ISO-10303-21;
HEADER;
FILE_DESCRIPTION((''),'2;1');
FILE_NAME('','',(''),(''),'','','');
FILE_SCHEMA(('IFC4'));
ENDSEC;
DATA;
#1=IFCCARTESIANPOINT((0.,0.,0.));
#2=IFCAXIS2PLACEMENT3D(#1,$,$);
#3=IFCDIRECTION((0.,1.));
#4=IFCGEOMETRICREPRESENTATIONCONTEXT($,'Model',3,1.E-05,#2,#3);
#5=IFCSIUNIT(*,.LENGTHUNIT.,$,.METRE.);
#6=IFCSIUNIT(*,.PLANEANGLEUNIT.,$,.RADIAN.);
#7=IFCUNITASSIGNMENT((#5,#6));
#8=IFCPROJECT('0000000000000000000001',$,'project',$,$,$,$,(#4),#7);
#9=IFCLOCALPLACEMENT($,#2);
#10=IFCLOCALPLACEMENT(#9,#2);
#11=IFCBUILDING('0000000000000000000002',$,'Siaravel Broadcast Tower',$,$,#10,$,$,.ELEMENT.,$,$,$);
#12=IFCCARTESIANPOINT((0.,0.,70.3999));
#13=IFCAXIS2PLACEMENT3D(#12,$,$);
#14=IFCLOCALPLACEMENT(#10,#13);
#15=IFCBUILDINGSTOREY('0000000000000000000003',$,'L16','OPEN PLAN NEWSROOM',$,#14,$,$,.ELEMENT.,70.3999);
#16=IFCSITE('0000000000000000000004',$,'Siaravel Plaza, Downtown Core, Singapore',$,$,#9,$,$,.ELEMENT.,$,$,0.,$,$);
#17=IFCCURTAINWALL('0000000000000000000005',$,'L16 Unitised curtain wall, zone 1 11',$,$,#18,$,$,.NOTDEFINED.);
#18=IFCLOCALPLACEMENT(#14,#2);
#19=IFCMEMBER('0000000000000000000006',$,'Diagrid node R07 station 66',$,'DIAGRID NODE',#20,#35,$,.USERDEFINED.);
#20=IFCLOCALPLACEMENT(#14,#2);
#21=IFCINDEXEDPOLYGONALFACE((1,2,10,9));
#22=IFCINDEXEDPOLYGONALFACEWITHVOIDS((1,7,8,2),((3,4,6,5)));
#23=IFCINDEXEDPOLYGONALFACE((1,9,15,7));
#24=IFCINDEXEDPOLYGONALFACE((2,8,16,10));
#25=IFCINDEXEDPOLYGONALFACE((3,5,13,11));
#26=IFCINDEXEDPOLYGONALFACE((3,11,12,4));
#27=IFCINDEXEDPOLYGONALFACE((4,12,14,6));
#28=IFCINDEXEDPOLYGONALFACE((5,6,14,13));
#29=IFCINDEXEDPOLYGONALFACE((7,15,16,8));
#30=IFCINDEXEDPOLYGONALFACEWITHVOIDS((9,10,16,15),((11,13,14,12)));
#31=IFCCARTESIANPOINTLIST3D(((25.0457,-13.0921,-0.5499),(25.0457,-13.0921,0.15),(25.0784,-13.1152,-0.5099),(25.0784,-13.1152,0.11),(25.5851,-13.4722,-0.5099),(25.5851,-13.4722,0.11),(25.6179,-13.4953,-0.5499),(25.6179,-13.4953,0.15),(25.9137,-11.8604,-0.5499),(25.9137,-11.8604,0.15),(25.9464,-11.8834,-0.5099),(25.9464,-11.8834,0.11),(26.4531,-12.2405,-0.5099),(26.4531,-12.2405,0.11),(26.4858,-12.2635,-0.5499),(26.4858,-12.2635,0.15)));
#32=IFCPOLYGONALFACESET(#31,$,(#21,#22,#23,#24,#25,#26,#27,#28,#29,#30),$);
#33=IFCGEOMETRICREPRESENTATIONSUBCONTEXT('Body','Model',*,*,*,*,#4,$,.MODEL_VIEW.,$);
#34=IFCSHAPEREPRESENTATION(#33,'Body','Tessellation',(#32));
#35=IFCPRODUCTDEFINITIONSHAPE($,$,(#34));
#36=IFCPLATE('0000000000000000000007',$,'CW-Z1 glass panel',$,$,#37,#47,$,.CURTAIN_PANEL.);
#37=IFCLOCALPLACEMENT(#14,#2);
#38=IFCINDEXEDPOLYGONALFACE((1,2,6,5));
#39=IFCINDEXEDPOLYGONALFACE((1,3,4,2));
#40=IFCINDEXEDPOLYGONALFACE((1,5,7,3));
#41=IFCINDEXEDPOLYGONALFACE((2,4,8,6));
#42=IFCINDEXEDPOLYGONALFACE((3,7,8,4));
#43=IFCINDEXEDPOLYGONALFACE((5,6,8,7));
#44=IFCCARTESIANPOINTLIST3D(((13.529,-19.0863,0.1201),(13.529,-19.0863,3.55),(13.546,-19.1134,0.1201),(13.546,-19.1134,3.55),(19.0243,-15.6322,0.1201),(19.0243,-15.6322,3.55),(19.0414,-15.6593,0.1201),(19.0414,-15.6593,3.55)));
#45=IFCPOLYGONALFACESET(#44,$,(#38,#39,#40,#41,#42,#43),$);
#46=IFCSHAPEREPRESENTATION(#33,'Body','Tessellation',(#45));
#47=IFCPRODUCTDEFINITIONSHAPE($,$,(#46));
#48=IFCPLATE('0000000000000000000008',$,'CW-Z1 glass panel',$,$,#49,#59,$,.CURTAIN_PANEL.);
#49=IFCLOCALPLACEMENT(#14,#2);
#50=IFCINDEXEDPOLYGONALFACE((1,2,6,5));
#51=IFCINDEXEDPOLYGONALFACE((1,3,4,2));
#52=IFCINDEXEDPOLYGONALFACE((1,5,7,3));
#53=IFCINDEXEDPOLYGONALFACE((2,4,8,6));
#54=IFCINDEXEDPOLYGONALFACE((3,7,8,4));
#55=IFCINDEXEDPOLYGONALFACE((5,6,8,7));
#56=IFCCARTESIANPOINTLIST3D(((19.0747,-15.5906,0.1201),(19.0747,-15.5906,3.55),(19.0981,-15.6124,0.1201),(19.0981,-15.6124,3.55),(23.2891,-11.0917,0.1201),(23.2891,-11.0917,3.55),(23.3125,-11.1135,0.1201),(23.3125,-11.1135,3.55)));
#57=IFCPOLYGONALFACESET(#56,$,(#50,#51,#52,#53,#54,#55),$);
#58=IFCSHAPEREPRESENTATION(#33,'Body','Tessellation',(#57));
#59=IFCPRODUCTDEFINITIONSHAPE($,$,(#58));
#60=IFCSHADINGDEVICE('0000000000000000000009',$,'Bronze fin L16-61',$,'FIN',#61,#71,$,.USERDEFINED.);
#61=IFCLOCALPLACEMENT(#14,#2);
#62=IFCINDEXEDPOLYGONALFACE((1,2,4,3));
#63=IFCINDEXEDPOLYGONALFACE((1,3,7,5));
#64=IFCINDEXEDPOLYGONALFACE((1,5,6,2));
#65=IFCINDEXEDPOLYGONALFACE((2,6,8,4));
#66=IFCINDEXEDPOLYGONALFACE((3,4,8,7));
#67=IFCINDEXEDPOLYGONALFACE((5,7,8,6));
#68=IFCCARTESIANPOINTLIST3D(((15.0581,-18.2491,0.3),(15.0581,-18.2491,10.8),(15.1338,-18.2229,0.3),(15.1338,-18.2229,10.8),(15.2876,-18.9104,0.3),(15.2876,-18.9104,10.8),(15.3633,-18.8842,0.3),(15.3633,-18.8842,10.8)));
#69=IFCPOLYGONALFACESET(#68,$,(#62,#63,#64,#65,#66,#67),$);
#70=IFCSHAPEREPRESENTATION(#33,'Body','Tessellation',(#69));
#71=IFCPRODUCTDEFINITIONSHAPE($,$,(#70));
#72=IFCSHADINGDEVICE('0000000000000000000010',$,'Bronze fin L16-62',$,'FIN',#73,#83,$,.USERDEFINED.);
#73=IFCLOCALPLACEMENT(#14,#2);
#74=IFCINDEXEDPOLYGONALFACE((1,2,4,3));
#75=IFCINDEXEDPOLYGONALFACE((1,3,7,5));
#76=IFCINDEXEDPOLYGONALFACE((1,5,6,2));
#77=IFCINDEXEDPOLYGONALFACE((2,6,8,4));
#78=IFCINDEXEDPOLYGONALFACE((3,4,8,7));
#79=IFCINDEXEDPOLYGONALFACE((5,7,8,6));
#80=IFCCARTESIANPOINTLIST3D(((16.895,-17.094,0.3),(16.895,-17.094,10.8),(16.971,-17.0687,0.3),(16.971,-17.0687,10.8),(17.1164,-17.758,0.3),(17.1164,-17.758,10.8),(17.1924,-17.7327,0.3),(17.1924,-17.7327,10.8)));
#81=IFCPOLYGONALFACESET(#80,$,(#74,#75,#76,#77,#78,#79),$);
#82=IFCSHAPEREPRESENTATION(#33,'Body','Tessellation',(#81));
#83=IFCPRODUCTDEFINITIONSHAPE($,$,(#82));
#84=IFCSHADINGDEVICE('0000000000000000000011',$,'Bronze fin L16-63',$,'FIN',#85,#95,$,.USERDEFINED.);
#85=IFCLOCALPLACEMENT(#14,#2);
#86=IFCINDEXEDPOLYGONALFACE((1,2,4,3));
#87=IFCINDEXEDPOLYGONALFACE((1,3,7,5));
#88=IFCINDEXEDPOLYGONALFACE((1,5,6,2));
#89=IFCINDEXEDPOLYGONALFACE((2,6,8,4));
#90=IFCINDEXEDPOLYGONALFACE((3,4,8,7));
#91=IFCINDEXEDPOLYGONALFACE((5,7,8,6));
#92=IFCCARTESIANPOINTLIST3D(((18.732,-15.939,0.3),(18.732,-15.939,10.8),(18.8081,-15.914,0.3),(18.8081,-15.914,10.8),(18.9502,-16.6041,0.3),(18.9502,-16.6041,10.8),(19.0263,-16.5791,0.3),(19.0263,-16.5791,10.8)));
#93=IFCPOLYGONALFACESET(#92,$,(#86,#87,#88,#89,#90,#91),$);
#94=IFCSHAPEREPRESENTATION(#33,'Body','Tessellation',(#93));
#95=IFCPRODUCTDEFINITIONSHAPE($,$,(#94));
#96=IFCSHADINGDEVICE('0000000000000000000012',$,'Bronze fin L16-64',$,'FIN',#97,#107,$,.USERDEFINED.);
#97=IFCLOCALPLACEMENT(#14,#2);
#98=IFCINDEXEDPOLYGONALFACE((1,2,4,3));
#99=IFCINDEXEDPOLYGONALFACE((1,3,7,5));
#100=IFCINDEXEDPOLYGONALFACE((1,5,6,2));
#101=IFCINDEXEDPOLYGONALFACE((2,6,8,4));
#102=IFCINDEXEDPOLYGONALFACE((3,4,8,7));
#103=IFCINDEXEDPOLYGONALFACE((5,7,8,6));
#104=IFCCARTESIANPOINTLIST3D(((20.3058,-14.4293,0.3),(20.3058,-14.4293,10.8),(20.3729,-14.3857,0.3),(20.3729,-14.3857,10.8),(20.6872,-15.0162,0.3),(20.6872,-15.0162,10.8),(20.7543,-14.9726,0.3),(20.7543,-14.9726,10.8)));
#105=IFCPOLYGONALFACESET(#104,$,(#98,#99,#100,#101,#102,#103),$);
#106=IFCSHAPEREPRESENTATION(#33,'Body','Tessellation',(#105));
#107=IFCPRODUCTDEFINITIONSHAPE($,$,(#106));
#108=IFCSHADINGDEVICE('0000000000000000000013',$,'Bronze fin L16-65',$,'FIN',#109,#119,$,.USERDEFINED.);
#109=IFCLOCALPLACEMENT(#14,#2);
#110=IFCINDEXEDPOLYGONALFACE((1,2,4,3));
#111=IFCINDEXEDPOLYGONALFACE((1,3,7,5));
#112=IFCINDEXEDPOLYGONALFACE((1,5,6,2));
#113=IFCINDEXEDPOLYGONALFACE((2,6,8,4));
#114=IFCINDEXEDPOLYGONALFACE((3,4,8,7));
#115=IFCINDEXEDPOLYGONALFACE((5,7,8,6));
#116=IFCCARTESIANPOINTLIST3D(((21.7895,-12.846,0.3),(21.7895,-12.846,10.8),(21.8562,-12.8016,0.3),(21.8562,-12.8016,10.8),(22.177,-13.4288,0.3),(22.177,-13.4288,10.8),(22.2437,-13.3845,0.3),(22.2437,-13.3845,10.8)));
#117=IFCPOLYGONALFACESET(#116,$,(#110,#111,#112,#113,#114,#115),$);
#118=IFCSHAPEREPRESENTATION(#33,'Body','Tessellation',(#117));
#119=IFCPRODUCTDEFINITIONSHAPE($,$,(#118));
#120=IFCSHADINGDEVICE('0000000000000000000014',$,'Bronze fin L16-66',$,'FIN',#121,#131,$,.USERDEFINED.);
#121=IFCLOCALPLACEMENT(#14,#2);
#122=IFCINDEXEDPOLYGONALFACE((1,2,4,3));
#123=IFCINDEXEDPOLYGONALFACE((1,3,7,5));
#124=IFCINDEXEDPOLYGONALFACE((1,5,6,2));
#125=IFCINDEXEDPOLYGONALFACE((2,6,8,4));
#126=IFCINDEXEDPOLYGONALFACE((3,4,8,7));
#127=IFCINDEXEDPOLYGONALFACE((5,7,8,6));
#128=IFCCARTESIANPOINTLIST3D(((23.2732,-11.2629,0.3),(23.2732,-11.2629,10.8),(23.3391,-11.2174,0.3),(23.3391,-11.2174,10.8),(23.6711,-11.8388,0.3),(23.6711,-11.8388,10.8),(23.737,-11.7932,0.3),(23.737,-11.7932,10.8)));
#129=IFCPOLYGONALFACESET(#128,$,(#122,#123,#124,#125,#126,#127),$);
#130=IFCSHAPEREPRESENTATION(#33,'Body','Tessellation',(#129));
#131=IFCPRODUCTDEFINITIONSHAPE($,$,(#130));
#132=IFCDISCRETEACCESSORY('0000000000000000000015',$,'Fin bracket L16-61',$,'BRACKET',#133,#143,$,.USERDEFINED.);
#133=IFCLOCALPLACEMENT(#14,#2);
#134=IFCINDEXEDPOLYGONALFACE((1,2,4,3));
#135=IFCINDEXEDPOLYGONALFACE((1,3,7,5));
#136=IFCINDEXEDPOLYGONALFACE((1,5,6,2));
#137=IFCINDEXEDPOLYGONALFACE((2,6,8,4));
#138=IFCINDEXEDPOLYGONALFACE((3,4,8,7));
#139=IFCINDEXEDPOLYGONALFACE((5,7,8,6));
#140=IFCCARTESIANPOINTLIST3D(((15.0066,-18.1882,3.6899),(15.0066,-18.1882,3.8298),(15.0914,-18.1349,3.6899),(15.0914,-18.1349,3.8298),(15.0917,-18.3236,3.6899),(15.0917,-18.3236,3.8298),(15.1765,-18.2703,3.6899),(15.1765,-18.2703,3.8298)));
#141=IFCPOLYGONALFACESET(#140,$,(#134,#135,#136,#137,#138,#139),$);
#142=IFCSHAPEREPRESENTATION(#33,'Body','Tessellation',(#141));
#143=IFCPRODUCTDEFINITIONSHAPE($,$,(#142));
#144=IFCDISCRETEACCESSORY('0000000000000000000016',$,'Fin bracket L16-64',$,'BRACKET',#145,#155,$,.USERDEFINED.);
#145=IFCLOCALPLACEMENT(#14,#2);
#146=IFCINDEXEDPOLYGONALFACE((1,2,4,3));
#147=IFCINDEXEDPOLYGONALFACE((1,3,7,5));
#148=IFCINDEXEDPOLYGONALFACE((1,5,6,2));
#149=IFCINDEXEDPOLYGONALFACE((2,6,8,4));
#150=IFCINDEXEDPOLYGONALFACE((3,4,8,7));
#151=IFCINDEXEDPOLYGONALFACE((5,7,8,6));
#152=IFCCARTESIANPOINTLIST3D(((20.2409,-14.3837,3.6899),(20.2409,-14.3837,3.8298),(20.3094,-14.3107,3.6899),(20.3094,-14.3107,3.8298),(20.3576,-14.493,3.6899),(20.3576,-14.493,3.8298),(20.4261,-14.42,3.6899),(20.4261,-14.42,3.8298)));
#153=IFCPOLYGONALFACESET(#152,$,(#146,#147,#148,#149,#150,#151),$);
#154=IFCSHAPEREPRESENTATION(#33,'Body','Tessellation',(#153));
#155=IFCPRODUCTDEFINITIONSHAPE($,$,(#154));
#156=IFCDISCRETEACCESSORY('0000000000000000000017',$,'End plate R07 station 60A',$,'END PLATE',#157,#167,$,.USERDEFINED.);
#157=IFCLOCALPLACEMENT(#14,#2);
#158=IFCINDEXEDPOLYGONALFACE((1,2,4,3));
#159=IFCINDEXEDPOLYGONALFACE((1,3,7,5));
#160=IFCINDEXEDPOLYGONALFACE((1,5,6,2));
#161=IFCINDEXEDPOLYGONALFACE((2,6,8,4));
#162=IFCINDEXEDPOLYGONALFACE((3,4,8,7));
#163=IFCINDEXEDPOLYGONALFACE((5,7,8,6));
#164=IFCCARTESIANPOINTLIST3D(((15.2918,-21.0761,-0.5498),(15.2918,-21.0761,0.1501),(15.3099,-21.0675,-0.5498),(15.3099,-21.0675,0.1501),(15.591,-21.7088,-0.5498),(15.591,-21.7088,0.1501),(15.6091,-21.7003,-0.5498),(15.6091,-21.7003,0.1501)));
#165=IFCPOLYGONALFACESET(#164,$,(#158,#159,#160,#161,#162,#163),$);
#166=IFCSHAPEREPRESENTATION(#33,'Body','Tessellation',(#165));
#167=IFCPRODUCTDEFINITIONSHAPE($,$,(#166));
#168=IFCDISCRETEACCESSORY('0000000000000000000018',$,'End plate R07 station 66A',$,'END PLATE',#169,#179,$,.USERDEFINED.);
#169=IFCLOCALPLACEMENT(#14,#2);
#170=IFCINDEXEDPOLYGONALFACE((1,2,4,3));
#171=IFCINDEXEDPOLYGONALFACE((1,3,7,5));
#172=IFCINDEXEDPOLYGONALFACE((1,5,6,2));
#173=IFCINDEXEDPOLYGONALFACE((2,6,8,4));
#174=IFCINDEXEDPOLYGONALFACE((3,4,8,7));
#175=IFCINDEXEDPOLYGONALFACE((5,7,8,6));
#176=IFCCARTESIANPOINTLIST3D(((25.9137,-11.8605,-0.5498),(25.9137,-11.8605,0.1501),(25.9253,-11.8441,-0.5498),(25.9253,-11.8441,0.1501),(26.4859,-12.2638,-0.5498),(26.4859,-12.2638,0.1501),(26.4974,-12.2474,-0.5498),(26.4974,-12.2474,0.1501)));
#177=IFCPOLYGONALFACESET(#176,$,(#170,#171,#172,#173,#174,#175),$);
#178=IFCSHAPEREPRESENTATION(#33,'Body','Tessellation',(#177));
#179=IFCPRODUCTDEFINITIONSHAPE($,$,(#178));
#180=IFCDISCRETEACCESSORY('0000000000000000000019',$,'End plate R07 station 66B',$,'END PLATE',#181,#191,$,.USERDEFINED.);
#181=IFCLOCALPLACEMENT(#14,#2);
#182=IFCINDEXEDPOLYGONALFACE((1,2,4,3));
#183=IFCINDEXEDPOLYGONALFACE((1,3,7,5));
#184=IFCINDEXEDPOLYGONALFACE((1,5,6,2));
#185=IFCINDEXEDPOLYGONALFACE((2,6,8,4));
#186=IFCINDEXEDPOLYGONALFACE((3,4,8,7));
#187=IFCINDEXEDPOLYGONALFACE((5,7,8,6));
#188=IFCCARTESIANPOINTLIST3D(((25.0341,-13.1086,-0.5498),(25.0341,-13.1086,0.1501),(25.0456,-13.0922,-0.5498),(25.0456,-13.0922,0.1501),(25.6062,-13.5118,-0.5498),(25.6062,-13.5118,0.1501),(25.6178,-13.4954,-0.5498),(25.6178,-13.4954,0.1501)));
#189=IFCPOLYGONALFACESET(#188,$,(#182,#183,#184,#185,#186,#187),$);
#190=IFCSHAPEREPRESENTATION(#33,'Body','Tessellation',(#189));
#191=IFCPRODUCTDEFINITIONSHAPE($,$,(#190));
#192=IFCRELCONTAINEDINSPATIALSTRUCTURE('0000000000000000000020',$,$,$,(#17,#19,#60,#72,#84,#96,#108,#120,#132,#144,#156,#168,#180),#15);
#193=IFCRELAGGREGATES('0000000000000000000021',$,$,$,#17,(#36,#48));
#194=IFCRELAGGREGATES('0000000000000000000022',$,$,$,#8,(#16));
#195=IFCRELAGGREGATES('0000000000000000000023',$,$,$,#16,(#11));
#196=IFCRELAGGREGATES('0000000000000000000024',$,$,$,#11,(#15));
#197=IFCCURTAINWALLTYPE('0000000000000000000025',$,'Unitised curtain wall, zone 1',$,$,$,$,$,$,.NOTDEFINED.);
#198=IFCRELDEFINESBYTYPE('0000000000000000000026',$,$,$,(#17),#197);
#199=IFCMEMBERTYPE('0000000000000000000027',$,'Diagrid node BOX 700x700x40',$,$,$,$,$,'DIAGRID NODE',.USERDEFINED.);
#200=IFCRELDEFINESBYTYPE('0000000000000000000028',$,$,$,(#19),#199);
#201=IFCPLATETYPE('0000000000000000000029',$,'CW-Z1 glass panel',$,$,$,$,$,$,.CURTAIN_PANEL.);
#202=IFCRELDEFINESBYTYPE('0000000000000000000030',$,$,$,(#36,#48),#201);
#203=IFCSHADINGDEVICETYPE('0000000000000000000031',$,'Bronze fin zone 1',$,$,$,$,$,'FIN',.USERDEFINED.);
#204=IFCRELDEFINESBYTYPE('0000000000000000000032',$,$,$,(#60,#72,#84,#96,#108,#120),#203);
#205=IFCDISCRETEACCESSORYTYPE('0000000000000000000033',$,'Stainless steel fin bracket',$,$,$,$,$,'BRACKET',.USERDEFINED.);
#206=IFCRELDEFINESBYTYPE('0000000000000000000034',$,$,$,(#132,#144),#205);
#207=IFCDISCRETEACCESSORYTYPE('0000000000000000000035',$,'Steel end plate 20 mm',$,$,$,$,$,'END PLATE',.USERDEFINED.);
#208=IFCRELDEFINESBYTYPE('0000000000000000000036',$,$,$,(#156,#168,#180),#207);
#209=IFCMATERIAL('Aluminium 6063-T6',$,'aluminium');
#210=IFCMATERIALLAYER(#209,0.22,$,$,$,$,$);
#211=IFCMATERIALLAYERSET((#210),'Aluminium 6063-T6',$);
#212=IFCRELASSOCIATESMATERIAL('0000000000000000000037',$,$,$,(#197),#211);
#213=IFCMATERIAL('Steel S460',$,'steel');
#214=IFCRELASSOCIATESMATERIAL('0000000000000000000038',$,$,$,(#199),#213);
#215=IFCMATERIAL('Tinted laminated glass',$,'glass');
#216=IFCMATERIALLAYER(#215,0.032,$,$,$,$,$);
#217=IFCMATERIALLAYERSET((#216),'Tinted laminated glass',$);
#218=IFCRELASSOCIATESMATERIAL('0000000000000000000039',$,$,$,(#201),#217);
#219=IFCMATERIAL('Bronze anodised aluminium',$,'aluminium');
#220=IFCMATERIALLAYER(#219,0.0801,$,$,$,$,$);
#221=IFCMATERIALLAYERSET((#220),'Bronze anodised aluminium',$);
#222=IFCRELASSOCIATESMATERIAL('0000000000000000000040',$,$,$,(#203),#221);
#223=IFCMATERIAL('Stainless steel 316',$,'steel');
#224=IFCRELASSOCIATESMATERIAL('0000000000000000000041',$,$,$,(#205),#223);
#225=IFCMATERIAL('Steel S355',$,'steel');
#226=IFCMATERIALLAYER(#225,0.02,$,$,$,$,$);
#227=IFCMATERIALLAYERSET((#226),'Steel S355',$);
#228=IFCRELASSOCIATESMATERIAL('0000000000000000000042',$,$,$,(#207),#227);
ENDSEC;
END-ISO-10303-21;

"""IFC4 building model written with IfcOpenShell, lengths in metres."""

from ifc_helpers import new_model, si_unit, direction, frame, origin, origin_2d, place, context, subcontext, project, spatial, rectangle, hollow_rectangle, extrude, material, layer, layer_set, material_profile, profile_set, type_object, element, aggregate, save


model = new_model("IFC4")

# Units and contexts
model_context = context("Model", 3, precision=1e-05, world=origin(), true_north=direction((0.0, 1.0)))
body_context = subcontext(model_context, "Body", "Model", "MODEL_VIEW")
ifc_project = project(units=[si_unit("LENGTHUNIT", "METRE"), si_unit("PLANEANGLEUNIT", "RADIAN")], contexts=[model_context])

# Site, building, storey
site_placement = place(None, origin())
site = spatial("IfcSite", under=ifc_project, at=site_placement, Name="Siaravel Plaza, Downtown Core, Singapore", CompositionType="ELEMENT", RefElevation=0.0)
building_placement = place(site_placement, origin())
building = spatial("IfcBuilding", under=site, at=building_placement, Name="Siaravel Broadcast Tower", CompositionType="ELEMENT")
storey_placement = place(building_placement, frame((0.0, 0.0, 70.3999)))
storey = spatial("IfcBuildingStorey", under=building, at=storey_placement, Name="L16", Description="OPEN PLAN NEWSROOM", CompositionType="ELEMENT", Elevation=70.3999)

# Shared definitions
ifc_material_1 = material(Name="Steel S355", Category="steel")

# Curtain wall
ifc_material_2 = material(Name="Aluminium 6063-T6", Category="aluminium")
ifc_layer_1 = layer(ifc_material_2, 0.22)
ifc_layer_set_1 = layer_set([ifc_layer_1], Name="Aluminium 6063-T6")
curtain_wall_type = type_object("IfcCurtainWallType", Name="Unitised curtain wall, zone 1", PredefinedType="NOTDEFINED", material=ifc_layer_set_1)
curtain_wall_1_placement = place(storey_placement, origin())
curtain_wall_1 = element("IfcCurtainWall", 1, at=curtain_wall_1_placement, inside=storey, type_object=curtain_wall_type, Name="L16 Unitised curtain wall, zone 1 11", PredefinedType="NOTDEFINED")

# Member
ifc_material_3 = material(Name="Steel S460", Category="steel")
ifc_material_profile_1 = material_profile(ifc_material_3, hollow_rectangle(XDim=0.7, YDim=0.7, WallThickness=0.04, at=origin_2d()))
ifc_profile_set_1 = profile_set([ifc_material_profile_1], Name="Steel S460")
member_type_1 = type_object("IfcMemberType", Name="Diagrid node BOX 700x700x40", ElementType="DIAGRID NODE", PredefinedType="USERDEFINED", material=ifc_profile_set_1)
member_1_placement = place(storey_placement, frame((25.3318, -13.2937, -0.2), z_axis=(0.576015, 0.817439, 0.0), x_axis=(-0.817439, 0.576015, 0.0)))
element("IfcMember", 2, at=member_1_placement, inside=storey, type_object=member_type_1, Name="Diagrid node R07 station 66", ObjectType="DIAGRID NODE", PredefinedType="USERDEFINED", context=body_context, shape_type="SweptSolid", body=[
    extrude(hollow_rectangle(XDim=0.7, YDim=0.7, WallThickness=0.04, at=origin_2d()), origin(), (0.0, 0.0, 1.0), 1.5068),
])

# Plates
ifc_material_4 = material(Name="Tinted laminated glass", Category="glass")
ifc_layer_2 = layer(ifc_material_4, 0.032)
ifc_layer_set_2 = layer_set([ifc_layer_2], Name="Tinted laminated glass")
plate_type = type_object("IfcPlateType", Name="CW-Z1 glass panel", PredefinedType="CURTAIN_PANEL", material=ifc_layer_set_2)
plate_1_placement = place(storey_placement, frame((16.2852, -17.3728, 0.1201), z_axis=(0.0, 0.0, 1.0), x_axis=(0.84665, 0.53215, 0.0)))
plate_1 = element("IfcPlate", 3, at=plate_1_placement, type_object=plate_type, Name="CW-Z1 glass panel", PredefinedType="CURTAIN_PANEL", context=body_context, shape_type="SweptSolid", body=[
    extrude(rectangle(XDim=6.4907, YDim=0.032, at=origin_2d()), origin(), (0.0, 0.0, 1.0), 3.4299),
])
plate_2_placement = place(storey_placement, frame((21.1936, -13.3521, 0.1201), z_axis=(0.0, 0.0, 1.0), x_axis=(0.683655, 0.729806, 0.0)))
plate_2 = element("IfcPlate", 4, at=plate_2_placement, type_object=plate_type, Name="CW-Z1 glass panel", PredefinedType="CURTAIN_PANEL", context=body_context, shape_type="SweptSolid", body=[
    extrude(rectangle(XDim=6.1646, YDim=0.032, at=origin_2d()), origin(), (0.0, 0.0, 1.0), 3.4299),
])
aggregate(curtain_wall_1, [plate_1, plate_2])

# Shading devices
ifc_material_5 = material(Name="Bronze anodised aluminium", Category="aluminium")
ifc_layer_3 = layer(ifc_material_5, 0.0801)
ifc_layer_set_3 = layer_set([ifc_layer_3], Name="Bronze anodised aluminium")
shading_device_type = type_object("IfcShadingDeviceType", Name="Bronze fin zone 1", ElementType="FIN", PredefinedType="USERDEFINED", material=ifc_layer_set_3)
for number, where, z_axis, x_axis, name in (
    (5, (15.2107, -18.5667, 0.3), (0.0, 0.0, 1.0), (0.327869, -0.944723, 0.0), "Bronze fin L16-61"),
    (6, (17.0437, -17.4133, 0.3), (0.0, 0.0, 1.0), (0.316378, -0.948633, 0.0), "Bronze fin L16-62"),
    (7, (18.8792, -16.259, 0.3), (0.0, 0.0, 1.0), (0.311645, -0.950199, 0.0), "Bronze fin L16-63"),
    (8, (20.53, -14.7009, 0.3), (0.0, 0.0, 1.0), (0.544914, -0.838492, 0.0), "Bronze fin L16-64"),
    (9, (22.0166, -13.1152, 0.3), (0.0, 0.0, 1.0), (0.553633, -0.832761, 0.0), "Bronze fin L16-65"),
    (10, (23.5051, -11.5281, 0.3), (0.0, 0.0, 1.0), (0.568494, -0.822687, 0.0), "Bronze fin L16-66"),
):
    element("IfcShadingDevice", number, at=place(storey_placement, frame(where, z_axis=z_axis, x_axis=x_axis)), inside=storey, type_object=shading_device_type, Name=name, ObjectType="FIN", PredefinedType="USERDEFINED", context=body_context, shape_type="SweptSolid", body=[
        extrude(rectangle(XDim=0.7, YDim=0.0801, at=origin_2d()), origin(), (0.0, 0.0, 1.0), 10.5),
    ])

# Discrete accessories
ifc_material_6 = material(Name="Stainless steel 316", Category="steel")
discrete_accessory_type_1 = type_object("IfcDiscreteAccessoryType", Name="Stainless steel fin bracket", ElementType="BRACKET", PredefinedType="USERDEFINED", material=ifc_material_6)
for number, where, z_axis, x_axis, name in (
    (11, (15.0916, -18.2292, 3.6899), (0.0, 0.0, 1.0), (0.532149, -0.84665, 0.0), "Fin bracket L16-61"),
    (12, (20.3335, -14.4019, 3.6899), (0.0, 0.0, 1.0), (0.729806, -0.683655, 0.0), "Fin bracket L16-64"),
):
    element("IfcDiscreteAccessory", number, at=place(storey_placement, frame(where, z_axis=z_axis, x_axis=x_axis)), inside=storey, type_object=discrete_accessory_type_1, Name=name, ObjectType="BRACKET", PredefinedType="USERDEFINED", context=body_context, shape_type="SweptSolid", body=[
        extrude(rectangle(XDim=0.1599, YDim=0.1001, at=origin_2d()), origin(), (0.0, 0.0, 1.0), 0.1399),
    ])
ifc_layer_4 = layer(ifc_material_1, 0.02)
ifc_layer_set_4 = layer_set([ifc_layer_4], Name="Steel S355")
discrete_accessory_type_2 = type_object("IfcDiscreteAccessoryType", Name="Steel end plate 20 mm", ElementType="END PLATE", PredefinedType="USERDEFINED", material=ifc_layer_set_4)
for number, where, z_axis, x_axis, name in (
    (13, (15.4504, -21.3882, -0.5498), (0.0, 0.0, 1.0), (0.904007, 0.427517, 0.0), "End plate R07 station 60A"),
    (14, (26.2056, -12.054, -0.5498), (0.0, 0.0, 1.0), (0.57612, 0.817365, 0.0), "End plate R07 station 66A"),
    (15, (25.3259, -13.302, -0.5498), (0.0, 0.0, 1.0), (0.57612, 0.817365, 0.0), "End plate R07 station 66B"),
):
    element("IfcDiscreteAccessory", number, at=place(storey_placement, frame(where, z_axis=z_axis, x_axis=x_axis)), inside=storey, type_object=discrete_accessory_type_2, Name=name, ObjectType="END PLATE", PredefinedType="USERDEFINED", context=body_context, shape_type="SweptSolid", body=[
        extrude(rectangle(XDim=0.02, YDim=0.7, at=origin_2d()), origin(), (0.0, 0.0, 1.0), 0.7),
    ])

save(model, "model.ifc")
